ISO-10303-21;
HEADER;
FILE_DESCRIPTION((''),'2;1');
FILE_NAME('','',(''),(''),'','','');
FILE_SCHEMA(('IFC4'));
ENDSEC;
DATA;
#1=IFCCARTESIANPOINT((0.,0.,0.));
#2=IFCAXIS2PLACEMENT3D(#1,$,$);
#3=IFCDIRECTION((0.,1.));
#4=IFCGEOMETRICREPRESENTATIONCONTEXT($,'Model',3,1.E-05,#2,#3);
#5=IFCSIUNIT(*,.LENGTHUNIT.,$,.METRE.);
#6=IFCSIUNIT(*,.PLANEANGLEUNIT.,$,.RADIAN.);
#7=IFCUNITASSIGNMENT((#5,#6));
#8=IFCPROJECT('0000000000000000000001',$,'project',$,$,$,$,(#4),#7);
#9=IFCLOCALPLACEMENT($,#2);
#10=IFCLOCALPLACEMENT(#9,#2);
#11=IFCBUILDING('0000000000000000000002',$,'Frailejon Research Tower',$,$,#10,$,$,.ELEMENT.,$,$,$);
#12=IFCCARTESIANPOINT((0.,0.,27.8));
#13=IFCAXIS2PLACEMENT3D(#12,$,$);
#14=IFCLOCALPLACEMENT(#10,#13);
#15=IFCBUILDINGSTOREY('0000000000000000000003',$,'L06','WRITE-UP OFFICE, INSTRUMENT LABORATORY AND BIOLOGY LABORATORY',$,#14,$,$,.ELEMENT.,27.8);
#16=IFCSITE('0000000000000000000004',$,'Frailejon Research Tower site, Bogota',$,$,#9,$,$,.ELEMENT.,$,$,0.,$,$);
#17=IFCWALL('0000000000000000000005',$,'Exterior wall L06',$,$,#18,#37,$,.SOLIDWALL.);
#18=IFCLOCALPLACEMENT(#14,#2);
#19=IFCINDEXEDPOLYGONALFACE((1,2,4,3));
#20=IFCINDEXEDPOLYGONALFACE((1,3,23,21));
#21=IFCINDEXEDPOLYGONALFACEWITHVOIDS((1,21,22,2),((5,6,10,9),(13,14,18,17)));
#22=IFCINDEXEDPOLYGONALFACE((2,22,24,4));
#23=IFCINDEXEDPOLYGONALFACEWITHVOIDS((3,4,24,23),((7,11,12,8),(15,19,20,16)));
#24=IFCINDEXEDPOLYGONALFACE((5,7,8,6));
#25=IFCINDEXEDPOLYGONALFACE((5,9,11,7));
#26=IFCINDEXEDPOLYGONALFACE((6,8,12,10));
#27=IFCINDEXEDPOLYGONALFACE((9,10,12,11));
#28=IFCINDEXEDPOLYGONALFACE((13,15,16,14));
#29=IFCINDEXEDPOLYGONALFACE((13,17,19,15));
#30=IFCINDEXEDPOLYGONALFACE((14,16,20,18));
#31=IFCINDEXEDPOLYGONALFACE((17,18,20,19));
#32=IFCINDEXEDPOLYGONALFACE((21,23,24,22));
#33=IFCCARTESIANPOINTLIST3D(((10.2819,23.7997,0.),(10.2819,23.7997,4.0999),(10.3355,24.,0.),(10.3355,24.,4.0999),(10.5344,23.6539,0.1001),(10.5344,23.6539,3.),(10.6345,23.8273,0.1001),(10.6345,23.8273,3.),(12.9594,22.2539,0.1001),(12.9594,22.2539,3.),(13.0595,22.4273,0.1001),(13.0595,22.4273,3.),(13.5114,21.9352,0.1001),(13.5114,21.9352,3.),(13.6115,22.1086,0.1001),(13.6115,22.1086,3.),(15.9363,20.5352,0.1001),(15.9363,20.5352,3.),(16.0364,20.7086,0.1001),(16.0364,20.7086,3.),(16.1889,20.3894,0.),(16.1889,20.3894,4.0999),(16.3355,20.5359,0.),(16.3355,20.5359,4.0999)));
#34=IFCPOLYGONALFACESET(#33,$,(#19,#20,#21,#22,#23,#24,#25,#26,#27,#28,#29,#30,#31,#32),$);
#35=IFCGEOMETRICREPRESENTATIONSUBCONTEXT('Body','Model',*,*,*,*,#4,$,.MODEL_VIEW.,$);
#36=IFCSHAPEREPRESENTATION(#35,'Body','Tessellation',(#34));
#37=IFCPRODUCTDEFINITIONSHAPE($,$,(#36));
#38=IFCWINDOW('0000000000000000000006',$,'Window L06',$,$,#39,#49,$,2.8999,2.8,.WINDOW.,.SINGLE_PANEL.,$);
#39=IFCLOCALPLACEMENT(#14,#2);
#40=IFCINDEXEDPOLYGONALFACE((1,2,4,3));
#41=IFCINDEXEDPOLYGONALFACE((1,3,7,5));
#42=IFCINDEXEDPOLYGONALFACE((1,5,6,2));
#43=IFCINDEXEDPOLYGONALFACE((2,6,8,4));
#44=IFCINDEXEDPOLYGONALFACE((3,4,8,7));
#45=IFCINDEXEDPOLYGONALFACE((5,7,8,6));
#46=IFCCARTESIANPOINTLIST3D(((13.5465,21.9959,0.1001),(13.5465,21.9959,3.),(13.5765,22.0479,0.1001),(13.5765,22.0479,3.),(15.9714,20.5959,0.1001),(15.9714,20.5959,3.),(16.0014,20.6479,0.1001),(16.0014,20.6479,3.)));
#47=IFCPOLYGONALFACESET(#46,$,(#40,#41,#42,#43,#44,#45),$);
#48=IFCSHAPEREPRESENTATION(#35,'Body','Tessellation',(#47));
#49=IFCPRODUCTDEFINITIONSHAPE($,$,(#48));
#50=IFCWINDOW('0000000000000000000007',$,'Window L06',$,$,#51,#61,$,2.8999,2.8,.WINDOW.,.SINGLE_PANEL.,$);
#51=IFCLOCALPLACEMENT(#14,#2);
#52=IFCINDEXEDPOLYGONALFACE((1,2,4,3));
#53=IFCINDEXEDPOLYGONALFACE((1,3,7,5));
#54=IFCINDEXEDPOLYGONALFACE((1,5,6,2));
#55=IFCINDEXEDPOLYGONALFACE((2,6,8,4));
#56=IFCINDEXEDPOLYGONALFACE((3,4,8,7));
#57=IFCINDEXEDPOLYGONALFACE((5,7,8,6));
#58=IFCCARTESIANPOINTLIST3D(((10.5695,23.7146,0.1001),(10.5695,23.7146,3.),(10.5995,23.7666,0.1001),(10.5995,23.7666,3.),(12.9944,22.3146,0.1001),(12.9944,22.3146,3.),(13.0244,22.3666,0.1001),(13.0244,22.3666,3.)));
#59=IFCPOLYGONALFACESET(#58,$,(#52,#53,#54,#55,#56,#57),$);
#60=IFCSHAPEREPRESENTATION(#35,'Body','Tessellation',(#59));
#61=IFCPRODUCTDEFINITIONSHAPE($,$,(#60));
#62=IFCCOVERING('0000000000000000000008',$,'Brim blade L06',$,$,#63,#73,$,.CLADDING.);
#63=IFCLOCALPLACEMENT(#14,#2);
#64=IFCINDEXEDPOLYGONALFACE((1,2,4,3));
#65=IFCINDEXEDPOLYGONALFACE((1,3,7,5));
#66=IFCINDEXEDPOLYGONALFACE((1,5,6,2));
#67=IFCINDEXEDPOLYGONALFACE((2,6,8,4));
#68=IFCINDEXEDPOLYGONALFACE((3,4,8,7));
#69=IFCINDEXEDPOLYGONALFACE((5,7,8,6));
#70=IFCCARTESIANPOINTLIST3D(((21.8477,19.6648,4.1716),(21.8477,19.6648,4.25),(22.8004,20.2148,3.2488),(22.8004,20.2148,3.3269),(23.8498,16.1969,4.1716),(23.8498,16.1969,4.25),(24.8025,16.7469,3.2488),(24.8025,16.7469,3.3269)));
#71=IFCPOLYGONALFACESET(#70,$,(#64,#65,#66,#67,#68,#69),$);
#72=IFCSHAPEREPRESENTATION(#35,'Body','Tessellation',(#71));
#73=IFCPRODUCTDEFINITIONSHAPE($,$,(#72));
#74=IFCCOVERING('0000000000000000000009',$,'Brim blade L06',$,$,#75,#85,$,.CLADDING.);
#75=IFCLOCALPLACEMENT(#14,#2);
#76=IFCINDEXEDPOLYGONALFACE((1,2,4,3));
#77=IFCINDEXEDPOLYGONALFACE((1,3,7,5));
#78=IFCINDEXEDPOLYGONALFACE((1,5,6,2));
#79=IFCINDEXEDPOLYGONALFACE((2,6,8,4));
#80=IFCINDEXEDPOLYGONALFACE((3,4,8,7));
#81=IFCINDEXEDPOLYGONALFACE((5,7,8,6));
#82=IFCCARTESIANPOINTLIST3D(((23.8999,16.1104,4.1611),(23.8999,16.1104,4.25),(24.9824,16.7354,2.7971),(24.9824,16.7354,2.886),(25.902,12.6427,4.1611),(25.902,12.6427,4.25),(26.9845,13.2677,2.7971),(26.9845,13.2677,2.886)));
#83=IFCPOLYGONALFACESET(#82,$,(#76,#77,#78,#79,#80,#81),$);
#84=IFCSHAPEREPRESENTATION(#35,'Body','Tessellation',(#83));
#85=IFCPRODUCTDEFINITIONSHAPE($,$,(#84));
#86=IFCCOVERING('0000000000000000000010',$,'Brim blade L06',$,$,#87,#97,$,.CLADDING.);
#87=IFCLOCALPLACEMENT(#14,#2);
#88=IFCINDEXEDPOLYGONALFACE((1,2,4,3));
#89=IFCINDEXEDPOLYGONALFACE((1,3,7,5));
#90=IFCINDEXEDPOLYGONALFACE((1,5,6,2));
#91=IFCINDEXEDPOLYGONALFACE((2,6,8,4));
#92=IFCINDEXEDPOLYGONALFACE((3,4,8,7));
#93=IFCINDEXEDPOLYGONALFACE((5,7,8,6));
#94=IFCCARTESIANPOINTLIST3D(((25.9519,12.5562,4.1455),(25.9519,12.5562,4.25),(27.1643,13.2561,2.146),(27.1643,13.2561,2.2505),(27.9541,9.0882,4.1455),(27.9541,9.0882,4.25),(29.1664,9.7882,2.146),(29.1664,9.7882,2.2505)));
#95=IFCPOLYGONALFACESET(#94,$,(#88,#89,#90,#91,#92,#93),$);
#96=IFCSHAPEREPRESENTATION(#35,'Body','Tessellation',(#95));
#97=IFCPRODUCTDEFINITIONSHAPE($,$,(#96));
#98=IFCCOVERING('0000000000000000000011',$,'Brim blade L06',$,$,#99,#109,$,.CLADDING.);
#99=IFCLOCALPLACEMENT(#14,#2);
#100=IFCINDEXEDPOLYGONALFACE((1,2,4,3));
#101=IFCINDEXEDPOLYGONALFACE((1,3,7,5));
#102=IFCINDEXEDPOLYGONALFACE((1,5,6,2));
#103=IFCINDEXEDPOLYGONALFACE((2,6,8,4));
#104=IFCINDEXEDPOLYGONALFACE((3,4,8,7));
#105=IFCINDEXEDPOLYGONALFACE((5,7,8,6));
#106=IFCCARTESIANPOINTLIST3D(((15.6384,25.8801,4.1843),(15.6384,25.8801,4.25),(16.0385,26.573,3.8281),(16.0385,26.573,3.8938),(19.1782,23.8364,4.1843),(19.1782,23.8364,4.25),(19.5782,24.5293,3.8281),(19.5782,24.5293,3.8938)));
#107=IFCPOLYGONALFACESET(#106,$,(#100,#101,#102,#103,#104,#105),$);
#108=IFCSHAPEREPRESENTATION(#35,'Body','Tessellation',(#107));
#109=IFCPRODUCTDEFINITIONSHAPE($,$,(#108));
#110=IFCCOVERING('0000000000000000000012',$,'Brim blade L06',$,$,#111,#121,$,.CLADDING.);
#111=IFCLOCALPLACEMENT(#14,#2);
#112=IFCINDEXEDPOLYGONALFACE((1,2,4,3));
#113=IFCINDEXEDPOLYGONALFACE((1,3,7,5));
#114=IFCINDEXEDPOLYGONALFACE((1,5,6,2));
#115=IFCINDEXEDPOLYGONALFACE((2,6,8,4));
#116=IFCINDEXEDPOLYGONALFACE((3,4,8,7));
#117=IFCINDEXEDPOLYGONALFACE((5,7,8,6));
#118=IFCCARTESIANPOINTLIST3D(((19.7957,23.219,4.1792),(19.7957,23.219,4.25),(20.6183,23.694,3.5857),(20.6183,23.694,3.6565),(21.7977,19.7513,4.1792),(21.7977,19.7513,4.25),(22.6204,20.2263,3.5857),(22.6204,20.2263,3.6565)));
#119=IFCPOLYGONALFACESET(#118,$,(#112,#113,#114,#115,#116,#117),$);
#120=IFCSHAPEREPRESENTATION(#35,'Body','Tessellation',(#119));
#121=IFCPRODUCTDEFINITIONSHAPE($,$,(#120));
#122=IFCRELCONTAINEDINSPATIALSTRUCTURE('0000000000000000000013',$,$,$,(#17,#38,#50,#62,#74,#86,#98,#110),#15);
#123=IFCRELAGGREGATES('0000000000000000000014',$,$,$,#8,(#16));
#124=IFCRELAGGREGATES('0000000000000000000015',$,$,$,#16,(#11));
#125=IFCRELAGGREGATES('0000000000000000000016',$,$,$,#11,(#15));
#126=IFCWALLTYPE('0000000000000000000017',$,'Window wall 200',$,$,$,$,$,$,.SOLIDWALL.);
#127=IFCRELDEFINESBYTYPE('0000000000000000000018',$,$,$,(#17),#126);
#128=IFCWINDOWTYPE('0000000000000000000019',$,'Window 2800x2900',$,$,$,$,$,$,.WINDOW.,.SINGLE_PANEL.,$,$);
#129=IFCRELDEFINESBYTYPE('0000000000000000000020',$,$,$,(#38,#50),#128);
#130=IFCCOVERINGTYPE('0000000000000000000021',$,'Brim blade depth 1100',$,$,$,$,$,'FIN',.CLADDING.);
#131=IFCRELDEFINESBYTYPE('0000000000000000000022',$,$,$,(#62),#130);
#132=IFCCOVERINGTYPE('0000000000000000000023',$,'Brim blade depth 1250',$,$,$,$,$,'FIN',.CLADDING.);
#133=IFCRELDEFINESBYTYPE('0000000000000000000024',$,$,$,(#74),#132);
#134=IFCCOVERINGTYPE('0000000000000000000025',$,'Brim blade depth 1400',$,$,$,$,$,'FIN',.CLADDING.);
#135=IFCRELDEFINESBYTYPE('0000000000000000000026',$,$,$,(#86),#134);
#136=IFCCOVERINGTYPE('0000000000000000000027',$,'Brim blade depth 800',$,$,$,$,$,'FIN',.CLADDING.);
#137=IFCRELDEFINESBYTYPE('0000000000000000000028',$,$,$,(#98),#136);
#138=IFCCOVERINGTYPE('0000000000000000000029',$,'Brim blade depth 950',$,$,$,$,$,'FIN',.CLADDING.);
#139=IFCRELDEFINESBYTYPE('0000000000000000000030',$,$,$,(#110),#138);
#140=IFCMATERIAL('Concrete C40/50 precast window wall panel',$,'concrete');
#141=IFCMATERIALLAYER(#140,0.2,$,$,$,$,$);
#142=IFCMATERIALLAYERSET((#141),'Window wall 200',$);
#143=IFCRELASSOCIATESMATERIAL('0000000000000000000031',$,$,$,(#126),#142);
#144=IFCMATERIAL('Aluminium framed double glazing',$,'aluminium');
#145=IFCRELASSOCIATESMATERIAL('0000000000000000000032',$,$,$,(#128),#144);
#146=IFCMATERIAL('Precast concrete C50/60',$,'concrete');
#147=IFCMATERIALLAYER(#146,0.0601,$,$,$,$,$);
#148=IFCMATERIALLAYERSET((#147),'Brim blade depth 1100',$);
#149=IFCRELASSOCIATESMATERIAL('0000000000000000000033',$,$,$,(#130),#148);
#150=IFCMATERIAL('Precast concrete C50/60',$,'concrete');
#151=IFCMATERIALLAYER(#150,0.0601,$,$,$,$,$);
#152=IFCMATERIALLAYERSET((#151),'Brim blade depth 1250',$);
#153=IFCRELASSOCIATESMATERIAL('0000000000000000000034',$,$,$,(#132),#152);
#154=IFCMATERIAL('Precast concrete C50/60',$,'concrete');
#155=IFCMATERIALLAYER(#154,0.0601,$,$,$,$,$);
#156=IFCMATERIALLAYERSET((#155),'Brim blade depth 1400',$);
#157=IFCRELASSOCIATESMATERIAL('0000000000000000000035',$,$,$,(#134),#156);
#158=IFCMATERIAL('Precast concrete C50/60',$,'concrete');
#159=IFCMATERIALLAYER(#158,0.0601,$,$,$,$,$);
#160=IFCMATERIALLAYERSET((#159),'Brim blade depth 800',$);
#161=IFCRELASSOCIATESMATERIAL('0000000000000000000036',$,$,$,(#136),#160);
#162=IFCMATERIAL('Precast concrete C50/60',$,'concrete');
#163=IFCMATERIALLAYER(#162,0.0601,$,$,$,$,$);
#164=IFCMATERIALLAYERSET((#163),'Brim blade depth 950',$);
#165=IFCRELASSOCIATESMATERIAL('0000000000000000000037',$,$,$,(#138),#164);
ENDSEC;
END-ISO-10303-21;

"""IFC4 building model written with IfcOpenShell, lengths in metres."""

from ifc_helpers import new_model, si_unit, direction, frame, frame_2d, origin, place, context, subcontext, project, spatial, polyline, rectangle, outline, extrude, material, layer, layer_set, type_object, element, fill, save


model = new_model("IFC4")

# Units and contexts
model_context = context("Model", 3, precision=1e-05, world=origin(), true_north=direction((0.0, 1.0)))
body_context = subcontext(model_context, "Body", "Model", "MODEL_VIEW")
ifc_project = project(units=[si_unit("LENGTHUNIT", "METRE"), si_unit("PLANEANGLEUNIT", "RADIAN")], contexts=[model_context])

# Site, building, storey
site_placement = place(None, origin())
site = spatial("IfcSite", under=ifc_project, at=site_placement, Name="Frailejon Research Tower site, Bogota", CompositionType="ELEMENT", RefElevation=0.0)
building_placement = place(site_placement, origin())
building = spatial("IfcBuilding", under=site, at=building_placement, Name="Frailejon Research Tower", CompositionType="ELEMENT")
storey_placement = place(building_placement, frame((0.0, 0.0, 27.8)))
storey = spatial("IfcBuildingStorey", under=building, at=storey_placement, Name="L06", Description="WRITE-UP OFFICE, INSTRUMENT LABORATORY AND BIOLOGY LABORATORY", CompositionType="ELEMENT", Elevation=27.8)

# Wall, openings, windows
ifc_material_1 = material(Name="Concrete C40/50 precast window wall panel", Category="concrete")
ifc_layer_1 = layer(ifc_material_1, 0.2)
ifc_layer_set_1 = layer_set([ifc_layer_1], Name="Window wall 200")
wall_type_1 = type_object("IfcWallType", Name="Window wall 200", PredefinedType="SOLIDWALL", material=ifc_layer_set_1)
wall_1_placement = place(storey_placement, frame((16.2622, 20.4626, 0.0), z_axis=(0.0, 0.0, 1.0), x_axis=(-0.866029, 0.499993, 0.0)))
wall_1 = element("IfcWall", 1, at=wall_1_placement, inside=storey, type_object=wall_type_1, Name="Exterior wall L06", PredefinedType="SOLIDWALL", context=body_context, shape_type="SweptSolid", body=[
    extrude(outline(polyline([(-0.0269, -0.1001), (1.1279, -0.1001), (2.2825, -0.1001), (3.4373, -0.1001), (4.592, -0.1001), (5.7466, -0.1001), (6.9014, -0.1001), (6.8477, 0.1001), (5.7109, 0.1001), (4.574, 0.1001), (3.4373, 0.1001), (2.3005, 0.1001), (1.1636, 0.1001), (0.0269, 0.1001), (-0.0269, -0.1001)])), origin(), (0.0, 0.0, 1.0), 4.0999),
])
opening_1_placement = place(wall_1_placement, frame((0.3186, 0.0, 0.1001)))
opening_1 = element("IfcOpeningElement", 2, at=opening_1_placement, cuts=wall_1, PredefinedType="OPENING", context=body_context, shape_type="SweptSolid", body=[
    extrude(rectangle(XDim=2.8, YDim=2.8999, at=frame_2d((1.3999, 1.45))), frame((0.0, 0.1099, 0.0), z_axis=(0.0, -1.0, 0.0), x_axis=(1.0, 0.0, 0.0)), (0.0, 0.0, 1.0), 0.22),
])
opening_2_placement = place(wall_1_placement, frame((3.7561, 0.0, 0.1001)))
opening_2 = element("IfcOpeningElement", 3, at=opening_2_placement, cuts=wall_1, PredefinedType="OPENING", context=body_context, shape_type="SweptSolid", body=[
    extrude(rectangle(XDim=2.8, YDim=2.8999, at=frame_2d((1.3999, 1.45))), frame((0.0, 0.1099, 0.0), z_axis=(0.0, -1.0, 0.0), x_axis=(1.0, 0.0, 0.0)), (0.0, 0.0, 1.0), 0.22),
])
ifc_material_2 = material(Name="Aluminium framed double glazing", Category="aluminium")
window_type = type_object("IfcWindowType", Name="Window 2800x2900", PartitioningType="SINGLE_PANEL", PredefinedType="WINDOW", material=ifc_material_2)
window_1_placement = place(opening_1_placement, origin())
window_1 = element("IfcWindow", 4, at=window_1_placement, inside=storey, type_object=window_type, Name="Window L06", OverallHeight=2.8999, OverallWidth=2.8, PartitioningType="SINGLE_PANEL", PredefinedType="WINDOW", context=body_context, shape_type="SweptSolid", body=[
    extrude(rectangle(XDim=2.8, YDim=2.8999, at=frame_2d((1.3999, 1.45))), frame((0.0, 0.03, 0.0), z_axis=(0.0, -1.0, 0.0), x_axis=(1.0, 0.0, 0.0)), (0.0, 0.0, 1.0), 0.0601),
])
fill(opening_1, window_1)
window_2_placement = place(opening_2_placement, origin())
window_2 = element("IfcWindow", 5, at=window_2_placement, inside=storey, type_object=window_type, Name="Window L06", OverallHeight=2.8999, OverallWidth=2.8, PartitioningType="SINGLE_PANEL", PredefinedType="WINDOW", context=body_context, shape_type="SweptSolid", body=[
    extrude(rectangle(XDim=2.8, YDim=2.8999, at=frame_2d((1.3999, 1.45))), frame((0.0, 0.03, 0.0), z_axis=(0.0, -1.0, 0.0), x_axis=(1.0, 0.0, 0.0)), (0.0, 0.0, 1.0), 0.0601),
])
fill(opening_2, window_2)

# Coverings
ifc_material_3 = material(Name="Precast concrete C50/60", Category="concrete")
ifc_layer_2 = layer(ifc_material_3, 0.0601)
ifc_layer_set_2 = layer_set([ifc_layer_2], Name="Brim blade depth 1100")
covering_type_1 = type_object("IfcCoveringType", Name="Brim blade depth 1100", ElementType="FIN", PredefinedType="CLADDING", material=ifc_layer_set_2)
covering_1_placement = place(storey_placement, frame((21.8477, 19.6648, 4.25), z_axis=(0.499994, -0.866029, 0.0), x_axis=(0.866029, 0.499994, 0.0)))
element("IfcCovering", 6, at=covering_1_placement, inside=storey, type_object=covering_type_1, Name="Brim blade L06", PredefinedType="CLADDING", context=body_context, shape_type="SweptSolid", body=[
    extrude(outline(polyline([(0.0, -0.0784), (1.1001, -1.0012), (1.1001, -0.9231), (0.0, 0.0), (0.0, -0.0784)])), origin(), (0.0, 0.0, 1.0), 4.0044),
])
ifc_material_4 = material(Name="Precast concrete C50/60", Category="concrete")
ifc_layer_3 = layer(ifc_material_4, 0.0601)
ifc_layer_set_3 = layer_set([ifc_layer_3], Name="Brim blade depth 1250")
covering_type_2 = type_object("IfcCoveringType", Name="Brim blade depth 1250", ElementType="FIN", PredefinedType="CLADDING", material=ifc_layer_set_3)
covering_2_placement = place(storey_placement, frame((23.8999, 16.1104, 4.25), z_axis=(0.500004, -0.866023, 0.0), x_axis=(0.866023, 0.500004, 0.0)))
element("IfcCovering", 7, at=covering_2_placement, inside=storey, type_object=covering_type_2, Name="Brim blade L06", PredefinedType="CLADDING", context=body_context, shape_type="SweptSolid", body=[
    extrude(outline(polyline([(0.0, -0.0889), (1.25, -1.4529), (1.25, -1.364), (0.0, 0.0), (0.0, -0.0889)])), origin(), (0.0, 0.0, 1.0), 4.0042),
])
ifc_material_5 = material(Name="Precast concrete C50/60", Category="concrete")
ifc_layer_4 = layer(ifc_material_5, 0.0601)
ifc_layer_set_4 = layer_set([ifc_layer_4], Name="Brim blade depth 1400")
covering_type_3 = type_object("IfcCoveringType", Name="Brim blade depth 1400", ElementType="FIN", PredefinedType="CLADDING", material=ifc_layer_set_4)
covering_3_placement = place(storey_placement, frame((25.9519, 12.5562, 4.25), z_axis=(0.499994, -0.866029, 0.0), x_axis=(0.866029, 0.499994, 0.0)))
element("IfcCovering", 8, at=covering_3_placement, inside=storey, type_object=covering_type_3, Name="Brim blade L06", PredefinedType="CLADDING", context=body_context, shape_type="SweptSolid", body=[
    extrude(outline(polyline([(0.0, -0.1045), (1.3999, -2.104), (1.3999, -1.9995), (0.0, 0.0), (0.0, -0.1045)])), origin(), (0.0, 0.0, 1.0), 4.0044),
])
ifc_material_6 = material(Name="Precast concrete C50/60", Category="concrete")
ifc_layer_5 = layer(ifc_material_6, 0.0601)
ifc_layer_set_5 = layer_set([ifc_layer_5], Name="Brim blade depth 800")
covering_type_4 = type_object("IfcCoveringType", Name="Brim blade depth 800", ElementType="FIN", PredefinedType="CLADDING", material=ifc_layer_set_5)
covering_4_placement = place(storey_placement, frame((15.6384, 25.8801, 4.25), z_axis=(0.866021, -0.500007, 0.0), x_axis=(0.500007, 0.866021, 0.0)))
element("IfcCovering", 9, at=covering_4_placement, inside=storey, type_object=covering_type_4, Name="Brim blade L06", PredefinedType="CLADDING", context=body_context, shape_type="SweptSolid", body=[
    extrude(outline(polyline([(0.0, -0.0657), (0.8, -0.4219), (0.8, -0.3562), (0.0, 0.0), (0.0, -0.0657)])), origin(), (0.0, 0.0, 1.0), 4.0874),
])
ifc_material_7 = material(Name="Precast concrete C50/60", Category="concrete")
ifc_layer_6 = layer(ifc_material_7, 0.0601)
ifc_layer_set_6 = layer_set([ifc_layer_6], Name="Brim blade depth 950")
covering_type_5 = type_object("IfcCoveringType", Name="Brim blade depth 950", ElementType="FIN", PredefinedType="CLADDING", material=ifc_layer_set_6)
covering_5_placement = place(storey_placement, frame((19.7957, 23.219, 4.25), z_axis=(0.500004, -0.866023, 0.0), x_axis=(0.866023, 0.500004, 0.0)))
element("IfcCovering", 10, at=covering_5_placement, inside=storey, type_object=covering_type_5, Name="Brim blade L06", PredefinedType="CLADDING", context=body_context, shape_type="SweptSolid", body=[
    extrude(outline(polyline([(0.0, -0.0708), (0.95, -0.6643), (0.95, -0.5935), (0.0, 0.0), (0.0, -0.0708)])), origin(), (0.0, 0.0, 1.0), 4.0042),
])

save(model, "model.ifc")
